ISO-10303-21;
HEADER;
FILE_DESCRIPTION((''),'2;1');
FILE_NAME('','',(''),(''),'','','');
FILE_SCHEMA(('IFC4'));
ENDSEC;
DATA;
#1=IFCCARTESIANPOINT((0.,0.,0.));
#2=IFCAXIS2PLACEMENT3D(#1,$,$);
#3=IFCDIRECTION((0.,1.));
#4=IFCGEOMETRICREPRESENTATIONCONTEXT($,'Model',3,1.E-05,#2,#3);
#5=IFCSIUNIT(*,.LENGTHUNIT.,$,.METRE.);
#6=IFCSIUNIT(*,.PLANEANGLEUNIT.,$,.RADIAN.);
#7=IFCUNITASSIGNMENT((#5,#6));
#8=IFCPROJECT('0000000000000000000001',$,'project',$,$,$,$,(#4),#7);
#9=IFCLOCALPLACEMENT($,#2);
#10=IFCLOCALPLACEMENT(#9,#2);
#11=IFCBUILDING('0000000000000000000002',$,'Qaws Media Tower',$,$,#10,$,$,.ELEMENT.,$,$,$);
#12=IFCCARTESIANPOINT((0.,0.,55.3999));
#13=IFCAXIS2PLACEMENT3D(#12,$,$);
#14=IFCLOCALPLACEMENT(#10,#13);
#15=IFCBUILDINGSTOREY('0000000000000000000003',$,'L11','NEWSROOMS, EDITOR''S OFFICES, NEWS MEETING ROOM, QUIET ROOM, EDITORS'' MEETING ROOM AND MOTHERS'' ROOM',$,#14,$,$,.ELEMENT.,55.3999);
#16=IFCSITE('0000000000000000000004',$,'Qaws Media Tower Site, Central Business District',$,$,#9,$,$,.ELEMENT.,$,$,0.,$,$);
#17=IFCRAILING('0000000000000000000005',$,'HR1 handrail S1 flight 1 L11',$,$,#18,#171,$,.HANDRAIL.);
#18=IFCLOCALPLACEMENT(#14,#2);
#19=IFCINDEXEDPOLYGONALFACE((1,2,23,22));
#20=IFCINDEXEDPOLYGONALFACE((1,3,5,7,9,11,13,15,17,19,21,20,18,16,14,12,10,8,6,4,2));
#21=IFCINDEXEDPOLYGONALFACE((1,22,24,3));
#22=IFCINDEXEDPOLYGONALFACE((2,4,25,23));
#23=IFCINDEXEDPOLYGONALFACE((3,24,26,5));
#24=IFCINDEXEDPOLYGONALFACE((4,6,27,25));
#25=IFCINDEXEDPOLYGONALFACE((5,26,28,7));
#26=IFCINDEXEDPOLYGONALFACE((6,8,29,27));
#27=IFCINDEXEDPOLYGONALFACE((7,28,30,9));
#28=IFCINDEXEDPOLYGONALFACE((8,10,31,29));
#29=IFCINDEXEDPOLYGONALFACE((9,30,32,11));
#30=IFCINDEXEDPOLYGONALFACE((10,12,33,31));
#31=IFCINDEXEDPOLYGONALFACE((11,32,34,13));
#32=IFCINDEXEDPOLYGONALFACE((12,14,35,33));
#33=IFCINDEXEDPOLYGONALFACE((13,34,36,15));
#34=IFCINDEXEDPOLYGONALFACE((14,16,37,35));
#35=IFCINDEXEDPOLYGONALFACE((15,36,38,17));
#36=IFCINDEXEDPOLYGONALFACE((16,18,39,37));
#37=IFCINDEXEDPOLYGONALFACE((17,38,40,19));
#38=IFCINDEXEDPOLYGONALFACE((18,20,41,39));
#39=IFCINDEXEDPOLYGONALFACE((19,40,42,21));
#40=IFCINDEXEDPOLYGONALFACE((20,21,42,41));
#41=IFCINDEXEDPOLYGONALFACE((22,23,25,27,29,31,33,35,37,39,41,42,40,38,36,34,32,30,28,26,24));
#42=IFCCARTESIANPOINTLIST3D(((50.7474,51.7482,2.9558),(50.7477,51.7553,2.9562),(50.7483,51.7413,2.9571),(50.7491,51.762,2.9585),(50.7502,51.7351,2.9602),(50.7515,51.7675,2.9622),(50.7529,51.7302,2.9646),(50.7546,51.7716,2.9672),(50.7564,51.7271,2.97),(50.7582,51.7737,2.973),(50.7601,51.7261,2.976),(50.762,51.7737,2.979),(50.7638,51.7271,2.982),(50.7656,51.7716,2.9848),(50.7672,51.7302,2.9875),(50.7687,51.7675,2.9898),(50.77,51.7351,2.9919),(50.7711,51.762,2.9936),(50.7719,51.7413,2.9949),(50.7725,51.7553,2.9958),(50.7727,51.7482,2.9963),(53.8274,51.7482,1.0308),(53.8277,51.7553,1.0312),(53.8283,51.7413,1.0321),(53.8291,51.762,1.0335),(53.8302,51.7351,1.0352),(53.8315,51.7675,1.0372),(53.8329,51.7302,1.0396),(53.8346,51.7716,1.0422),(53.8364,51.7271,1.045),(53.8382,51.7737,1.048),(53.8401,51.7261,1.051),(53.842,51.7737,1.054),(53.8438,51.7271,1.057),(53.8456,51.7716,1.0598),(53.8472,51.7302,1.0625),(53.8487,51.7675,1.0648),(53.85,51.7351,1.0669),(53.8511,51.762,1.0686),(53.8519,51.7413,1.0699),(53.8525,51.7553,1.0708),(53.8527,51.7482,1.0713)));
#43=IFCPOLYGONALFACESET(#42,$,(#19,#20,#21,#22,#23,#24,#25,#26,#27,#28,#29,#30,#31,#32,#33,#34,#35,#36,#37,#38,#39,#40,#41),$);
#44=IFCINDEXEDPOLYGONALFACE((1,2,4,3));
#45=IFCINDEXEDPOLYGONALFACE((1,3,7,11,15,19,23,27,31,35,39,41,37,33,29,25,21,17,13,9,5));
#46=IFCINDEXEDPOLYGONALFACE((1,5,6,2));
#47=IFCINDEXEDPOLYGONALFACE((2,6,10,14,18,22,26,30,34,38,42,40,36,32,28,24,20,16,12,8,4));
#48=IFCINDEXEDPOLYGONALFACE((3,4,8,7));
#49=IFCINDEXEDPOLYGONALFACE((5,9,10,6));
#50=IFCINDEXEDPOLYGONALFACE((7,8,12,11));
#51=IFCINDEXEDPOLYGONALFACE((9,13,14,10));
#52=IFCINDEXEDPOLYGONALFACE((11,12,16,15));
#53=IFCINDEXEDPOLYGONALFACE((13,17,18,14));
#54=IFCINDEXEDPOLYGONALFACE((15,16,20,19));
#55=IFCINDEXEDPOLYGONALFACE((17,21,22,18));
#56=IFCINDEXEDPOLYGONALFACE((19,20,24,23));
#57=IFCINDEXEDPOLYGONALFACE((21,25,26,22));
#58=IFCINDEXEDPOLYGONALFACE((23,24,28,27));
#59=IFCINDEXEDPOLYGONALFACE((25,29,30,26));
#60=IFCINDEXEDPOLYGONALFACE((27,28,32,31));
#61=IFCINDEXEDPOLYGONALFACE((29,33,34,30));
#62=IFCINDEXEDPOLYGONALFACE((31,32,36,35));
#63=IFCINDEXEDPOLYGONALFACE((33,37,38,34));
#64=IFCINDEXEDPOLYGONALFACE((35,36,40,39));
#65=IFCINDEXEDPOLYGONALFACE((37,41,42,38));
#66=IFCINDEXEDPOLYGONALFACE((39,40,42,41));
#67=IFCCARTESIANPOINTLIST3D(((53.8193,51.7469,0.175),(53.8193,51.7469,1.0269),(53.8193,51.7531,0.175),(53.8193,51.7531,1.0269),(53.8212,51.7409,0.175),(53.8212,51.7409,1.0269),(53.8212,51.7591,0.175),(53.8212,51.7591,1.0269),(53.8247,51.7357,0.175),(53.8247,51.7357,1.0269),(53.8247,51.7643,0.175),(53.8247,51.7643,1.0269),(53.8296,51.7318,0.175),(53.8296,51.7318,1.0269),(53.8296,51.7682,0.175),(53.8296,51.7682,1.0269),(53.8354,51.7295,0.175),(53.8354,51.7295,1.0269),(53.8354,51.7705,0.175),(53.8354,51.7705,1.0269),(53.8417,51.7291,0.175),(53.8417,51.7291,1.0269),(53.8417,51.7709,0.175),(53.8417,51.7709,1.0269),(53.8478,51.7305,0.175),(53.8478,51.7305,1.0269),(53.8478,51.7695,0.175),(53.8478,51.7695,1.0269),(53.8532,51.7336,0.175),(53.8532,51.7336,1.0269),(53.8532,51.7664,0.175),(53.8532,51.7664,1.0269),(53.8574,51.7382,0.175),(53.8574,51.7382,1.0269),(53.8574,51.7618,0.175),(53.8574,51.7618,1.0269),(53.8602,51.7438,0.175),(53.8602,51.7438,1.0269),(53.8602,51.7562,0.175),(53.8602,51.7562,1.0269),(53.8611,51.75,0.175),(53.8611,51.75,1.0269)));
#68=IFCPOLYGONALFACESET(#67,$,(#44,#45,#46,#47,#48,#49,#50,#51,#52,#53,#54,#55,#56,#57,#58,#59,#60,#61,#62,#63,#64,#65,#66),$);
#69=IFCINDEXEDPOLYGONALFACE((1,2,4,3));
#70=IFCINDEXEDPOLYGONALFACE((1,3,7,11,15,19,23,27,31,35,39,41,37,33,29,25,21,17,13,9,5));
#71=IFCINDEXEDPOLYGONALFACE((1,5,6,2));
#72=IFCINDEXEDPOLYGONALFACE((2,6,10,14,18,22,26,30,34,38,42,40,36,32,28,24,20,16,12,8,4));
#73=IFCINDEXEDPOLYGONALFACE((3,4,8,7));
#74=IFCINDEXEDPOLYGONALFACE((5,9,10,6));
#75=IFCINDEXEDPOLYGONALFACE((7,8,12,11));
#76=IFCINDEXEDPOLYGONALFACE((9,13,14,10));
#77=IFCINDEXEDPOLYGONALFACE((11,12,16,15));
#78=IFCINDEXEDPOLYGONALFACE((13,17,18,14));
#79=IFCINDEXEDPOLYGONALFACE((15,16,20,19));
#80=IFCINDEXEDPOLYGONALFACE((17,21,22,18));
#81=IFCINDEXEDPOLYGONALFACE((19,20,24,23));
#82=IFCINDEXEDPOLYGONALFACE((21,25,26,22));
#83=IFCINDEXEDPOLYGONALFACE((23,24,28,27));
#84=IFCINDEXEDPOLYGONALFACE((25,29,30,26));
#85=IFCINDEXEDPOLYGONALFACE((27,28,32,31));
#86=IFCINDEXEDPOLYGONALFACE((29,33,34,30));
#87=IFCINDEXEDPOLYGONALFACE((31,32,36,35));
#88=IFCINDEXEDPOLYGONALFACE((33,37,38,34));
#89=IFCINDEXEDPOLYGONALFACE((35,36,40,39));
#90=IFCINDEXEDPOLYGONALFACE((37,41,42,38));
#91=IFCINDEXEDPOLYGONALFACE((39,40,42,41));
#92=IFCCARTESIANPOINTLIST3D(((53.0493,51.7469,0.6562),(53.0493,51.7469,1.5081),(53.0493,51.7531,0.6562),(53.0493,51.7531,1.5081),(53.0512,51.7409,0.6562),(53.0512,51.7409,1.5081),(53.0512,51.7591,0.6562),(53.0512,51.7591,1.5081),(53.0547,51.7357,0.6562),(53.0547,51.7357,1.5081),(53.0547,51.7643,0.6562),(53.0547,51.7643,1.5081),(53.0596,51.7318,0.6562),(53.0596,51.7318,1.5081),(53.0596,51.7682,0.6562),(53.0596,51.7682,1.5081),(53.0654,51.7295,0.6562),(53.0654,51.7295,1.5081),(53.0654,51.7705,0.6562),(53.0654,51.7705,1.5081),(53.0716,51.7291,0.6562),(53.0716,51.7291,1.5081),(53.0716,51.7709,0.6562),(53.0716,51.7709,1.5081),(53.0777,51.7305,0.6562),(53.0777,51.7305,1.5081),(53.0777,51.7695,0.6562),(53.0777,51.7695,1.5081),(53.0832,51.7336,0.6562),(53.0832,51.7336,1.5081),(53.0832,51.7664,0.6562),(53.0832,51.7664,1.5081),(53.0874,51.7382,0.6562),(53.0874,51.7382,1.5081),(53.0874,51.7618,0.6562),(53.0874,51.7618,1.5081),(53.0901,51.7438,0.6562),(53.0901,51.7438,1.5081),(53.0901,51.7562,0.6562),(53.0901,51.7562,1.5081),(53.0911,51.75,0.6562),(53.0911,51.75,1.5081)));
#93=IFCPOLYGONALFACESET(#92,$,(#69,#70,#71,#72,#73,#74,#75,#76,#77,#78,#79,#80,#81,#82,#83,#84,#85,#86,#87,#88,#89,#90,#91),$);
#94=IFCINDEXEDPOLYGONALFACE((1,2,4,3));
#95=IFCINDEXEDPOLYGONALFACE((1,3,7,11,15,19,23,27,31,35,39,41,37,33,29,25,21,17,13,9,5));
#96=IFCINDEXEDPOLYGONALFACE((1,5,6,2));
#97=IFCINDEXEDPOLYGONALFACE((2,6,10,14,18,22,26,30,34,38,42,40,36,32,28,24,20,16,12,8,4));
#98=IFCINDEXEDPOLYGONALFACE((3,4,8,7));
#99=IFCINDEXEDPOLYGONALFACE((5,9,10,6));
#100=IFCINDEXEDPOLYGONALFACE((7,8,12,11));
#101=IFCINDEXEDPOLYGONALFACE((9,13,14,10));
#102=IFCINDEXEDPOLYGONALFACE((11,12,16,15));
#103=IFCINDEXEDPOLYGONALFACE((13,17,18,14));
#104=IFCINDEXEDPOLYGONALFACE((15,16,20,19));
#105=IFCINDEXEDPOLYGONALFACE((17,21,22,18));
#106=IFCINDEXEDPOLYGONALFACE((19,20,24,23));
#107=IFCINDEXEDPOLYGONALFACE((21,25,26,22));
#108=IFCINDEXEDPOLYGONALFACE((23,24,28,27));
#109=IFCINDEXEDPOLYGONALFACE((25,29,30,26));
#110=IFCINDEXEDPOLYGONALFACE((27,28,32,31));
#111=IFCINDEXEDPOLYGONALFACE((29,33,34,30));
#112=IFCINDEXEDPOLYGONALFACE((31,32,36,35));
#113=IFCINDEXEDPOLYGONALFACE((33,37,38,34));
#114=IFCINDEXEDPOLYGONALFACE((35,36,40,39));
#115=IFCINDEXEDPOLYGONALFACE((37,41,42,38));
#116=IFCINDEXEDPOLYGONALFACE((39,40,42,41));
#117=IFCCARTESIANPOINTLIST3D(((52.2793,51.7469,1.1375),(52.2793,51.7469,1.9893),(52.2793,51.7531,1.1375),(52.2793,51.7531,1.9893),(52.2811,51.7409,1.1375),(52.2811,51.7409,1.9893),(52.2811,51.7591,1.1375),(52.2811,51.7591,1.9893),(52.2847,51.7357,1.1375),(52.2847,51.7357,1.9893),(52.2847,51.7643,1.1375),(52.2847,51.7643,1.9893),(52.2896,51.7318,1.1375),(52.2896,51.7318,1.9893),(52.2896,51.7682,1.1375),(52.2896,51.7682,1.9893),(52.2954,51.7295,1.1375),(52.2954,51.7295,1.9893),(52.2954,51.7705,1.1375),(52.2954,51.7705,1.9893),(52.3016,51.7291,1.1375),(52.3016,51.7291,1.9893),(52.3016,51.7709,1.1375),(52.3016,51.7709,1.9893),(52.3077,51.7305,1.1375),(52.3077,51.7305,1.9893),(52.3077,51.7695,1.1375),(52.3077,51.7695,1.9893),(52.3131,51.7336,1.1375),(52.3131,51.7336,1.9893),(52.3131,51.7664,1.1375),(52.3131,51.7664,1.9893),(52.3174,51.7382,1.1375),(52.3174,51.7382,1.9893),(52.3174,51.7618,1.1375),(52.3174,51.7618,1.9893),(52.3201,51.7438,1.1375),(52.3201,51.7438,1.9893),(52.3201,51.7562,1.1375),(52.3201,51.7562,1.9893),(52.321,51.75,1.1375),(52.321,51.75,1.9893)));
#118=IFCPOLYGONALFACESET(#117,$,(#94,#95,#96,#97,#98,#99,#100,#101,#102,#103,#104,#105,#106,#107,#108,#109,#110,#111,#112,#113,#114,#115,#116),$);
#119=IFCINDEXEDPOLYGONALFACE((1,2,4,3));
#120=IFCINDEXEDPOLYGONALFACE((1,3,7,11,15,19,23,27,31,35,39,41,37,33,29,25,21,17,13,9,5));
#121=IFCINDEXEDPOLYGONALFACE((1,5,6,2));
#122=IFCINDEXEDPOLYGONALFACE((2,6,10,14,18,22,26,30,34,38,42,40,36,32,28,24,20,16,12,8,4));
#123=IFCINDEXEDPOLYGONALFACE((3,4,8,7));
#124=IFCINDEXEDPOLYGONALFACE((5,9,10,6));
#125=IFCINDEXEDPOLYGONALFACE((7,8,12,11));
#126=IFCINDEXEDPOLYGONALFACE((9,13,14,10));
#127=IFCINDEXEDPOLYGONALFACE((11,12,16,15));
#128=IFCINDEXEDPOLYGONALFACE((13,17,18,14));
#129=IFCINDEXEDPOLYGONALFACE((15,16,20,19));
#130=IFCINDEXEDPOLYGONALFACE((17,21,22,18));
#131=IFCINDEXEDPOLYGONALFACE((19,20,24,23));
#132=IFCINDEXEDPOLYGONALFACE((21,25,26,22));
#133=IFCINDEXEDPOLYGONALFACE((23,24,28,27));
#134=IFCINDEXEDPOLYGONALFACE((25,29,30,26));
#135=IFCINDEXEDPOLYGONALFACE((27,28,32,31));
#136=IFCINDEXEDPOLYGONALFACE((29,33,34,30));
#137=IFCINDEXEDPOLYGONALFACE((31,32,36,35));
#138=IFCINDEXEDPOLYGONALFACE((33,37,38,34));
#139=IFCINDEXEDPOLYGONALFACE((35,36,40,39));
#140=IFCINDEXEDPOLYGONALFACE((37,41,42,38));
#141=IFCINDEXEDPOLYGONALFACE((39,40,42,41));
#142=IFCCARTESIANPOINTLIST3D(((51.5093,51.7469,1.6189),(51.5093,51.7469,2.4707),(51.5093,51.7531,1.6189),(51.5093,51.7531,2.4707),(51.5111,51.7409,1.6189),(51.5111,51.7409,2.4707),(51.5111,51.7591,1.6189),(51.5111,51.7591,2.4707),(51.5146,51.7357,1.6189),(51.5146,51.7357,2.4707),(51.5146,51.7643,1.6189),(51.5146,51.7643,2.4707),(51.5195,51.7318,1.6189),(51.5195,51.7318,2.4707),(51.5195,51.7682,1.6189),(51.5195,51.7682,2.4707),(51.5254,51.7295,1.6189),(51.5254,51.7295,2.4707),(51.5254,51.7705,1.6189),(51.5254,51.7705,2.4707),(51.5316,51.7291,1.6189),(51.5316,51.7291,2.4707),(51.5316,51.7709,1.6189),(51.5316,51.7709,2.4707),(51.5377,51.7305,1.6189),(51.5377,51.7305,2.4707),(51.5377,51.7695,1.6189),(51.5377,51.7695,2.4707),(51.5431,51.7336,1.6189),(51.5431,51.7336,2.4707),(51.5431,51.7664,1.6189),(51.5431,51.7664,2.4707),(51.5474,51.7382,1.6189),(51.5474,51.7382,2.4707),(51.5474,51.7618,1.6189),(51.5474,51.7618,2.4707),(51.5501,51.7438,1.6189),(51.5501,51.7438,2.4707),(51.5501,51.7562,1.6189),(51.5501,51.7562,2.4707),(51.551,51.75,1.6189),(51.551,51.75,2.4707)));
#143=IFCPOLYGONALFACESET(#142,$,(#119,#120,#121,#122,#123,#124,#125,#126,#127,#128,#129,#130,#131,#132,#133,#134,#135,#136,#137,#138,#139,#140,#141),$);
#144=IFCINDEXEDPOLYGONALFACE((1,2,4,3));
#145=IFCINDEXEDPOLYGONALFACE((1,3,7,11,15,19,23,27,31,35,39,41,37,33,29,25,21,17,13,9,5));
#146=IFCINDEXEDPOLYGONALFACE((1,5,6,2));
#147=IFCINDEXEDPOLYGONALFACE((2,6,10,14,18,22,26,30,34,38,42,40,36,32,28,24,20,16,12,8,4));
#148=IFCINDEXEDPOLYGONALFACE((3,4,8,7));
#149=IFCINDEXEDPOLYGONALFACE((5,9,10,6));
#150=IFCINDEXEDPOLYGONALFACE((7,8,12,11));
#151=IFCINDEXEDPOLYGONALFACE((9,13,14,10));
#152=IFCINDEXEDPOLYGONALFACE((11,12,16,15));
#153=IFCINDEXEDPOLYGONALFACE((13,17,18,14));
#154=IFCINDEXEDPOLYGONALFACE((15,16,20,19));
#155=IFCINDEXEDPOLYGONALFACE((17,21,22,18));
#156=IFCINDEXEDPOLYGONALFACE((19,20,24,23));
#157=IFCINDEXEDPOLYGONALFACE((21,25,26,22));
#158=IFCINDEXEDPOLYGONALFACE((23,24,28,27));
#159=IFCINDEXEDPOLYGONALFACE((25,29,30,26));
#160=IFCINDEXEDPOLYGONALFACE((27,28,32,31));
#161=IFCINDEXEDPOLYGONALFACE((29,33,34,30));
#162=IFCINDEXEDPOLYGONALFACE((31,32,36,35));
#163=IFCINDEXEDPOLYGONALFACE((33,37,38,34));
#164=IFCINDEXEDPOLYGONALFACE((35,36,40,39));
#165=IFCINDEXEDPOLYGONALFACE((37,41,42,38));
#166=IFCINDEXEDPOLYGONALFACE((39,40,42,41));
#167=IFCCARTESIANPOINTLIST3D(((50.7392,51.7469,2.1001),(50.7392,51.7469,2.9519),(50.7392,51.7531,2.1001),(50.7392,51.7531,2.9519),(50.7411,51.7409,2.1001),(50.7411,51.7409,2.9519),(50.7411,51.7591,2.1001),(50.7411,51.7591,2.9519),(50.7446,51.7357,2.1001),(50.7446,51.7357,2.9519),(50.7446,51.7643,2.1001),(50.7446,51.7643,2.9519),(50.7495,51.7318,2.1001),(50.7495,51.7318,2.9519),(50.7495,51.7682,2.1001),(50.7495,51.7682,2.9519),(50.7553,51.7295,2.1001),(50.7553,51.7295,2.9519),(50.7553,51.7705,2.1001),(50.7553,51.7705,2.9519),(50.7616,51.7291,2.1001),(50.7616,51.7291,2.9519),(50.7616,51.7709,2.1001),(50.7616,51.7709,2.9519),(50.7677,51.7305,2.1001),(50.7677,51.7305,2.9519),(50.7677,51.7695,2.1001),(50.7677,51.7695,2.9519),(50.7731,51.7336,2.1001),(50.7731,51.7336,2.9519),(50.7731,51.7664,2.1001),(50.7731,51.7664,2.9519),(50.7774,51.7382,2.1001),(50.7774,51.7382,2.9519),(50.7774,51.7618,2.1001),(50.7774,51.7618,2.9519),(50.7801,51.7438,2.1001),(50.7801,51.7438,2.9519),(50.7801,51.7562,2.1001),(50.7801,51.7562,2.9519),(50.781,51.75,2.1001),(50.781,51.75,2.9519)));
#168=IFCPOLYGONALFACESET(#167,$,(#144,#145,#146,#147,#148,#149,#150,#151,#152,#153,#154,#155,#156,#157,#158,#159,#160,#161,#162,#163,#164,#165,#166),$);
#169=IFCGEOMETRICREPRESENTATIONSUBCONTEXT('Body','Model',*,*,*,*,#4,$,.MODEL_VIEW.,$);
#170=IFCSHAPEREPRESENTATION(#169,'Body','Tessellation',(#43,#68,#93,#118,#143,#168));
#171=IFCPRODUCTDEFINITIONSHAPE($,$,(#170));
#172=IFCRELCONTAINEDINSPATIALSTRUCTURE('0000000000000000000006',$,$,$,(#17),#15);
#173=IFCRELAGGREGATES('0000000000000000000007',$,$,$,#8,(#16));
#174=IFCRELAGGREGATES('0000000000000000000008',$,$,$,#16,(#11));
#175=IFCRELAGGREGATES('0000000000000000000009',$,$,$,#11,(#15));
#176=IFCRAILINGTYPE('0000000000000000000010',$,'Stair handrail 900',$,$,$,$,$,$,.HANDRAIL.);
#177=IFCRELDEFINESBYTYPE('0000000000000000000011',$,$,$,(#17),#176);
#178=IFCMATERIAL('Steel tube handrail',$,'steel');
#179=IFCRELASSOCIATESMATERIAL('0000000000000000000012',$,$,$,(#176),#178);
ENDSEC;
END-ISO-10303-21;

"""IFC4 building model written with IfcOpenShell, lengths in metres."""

from ifc_helpers import new_model, si_unit, direction, frame, origin, origin_2d, place, context, subcontext, project, spatial, circle, extrude, material, type_object, element, save


model = new_model("IFC4")

# Units and contexts
model_context = context("Model", 3, precision=1e-05, world=origin(), true_north=direction((0.0, 1.0)))
body_context = subcontext(model_context, "Body", "Model", "MODEL_VIEW")
ifc_project = project(units=[si_unit("LENGTHUNIT", "METRE"), si_unit("PLANEANGLEUNIT", "RADIAN")], contexts=[model_context])

# Site, building, storey
site_placement = place(None, origin())
site = spatial("IfcSite", under=ifc_project, at=site_placement, Name="Qaws Media Tower Site, Central Business District", CompositionType="ELEMENT", RefElevation=0.0)
building_placement = place(site_placement, origin())
building = spatial("IfcBuilding", under=site, at=building_placement, Name="Qaws Media Tower", CompositionType="ELEMENT")
storey_placement = place(building_placement, frame((0.0, 0.0, 55.3999)))
storey = spatial("IfcBuildingStorey", under=building, at=storey_placement, Name="L11", Description="NEWSROOMS, EDITOR'S OFFICES, NEWS MEETING ROOM, QUIET ROOM, EDITORS' MEETING ROOM AND MOTHERS' ROOM", CompositionType="ELEMENT", Elevation=55.3999)

# Railing
ifc_material_1 = material(Name="Steel tube handrail", Category="steel")
railing_type = type_object("IfcRailingType", Name="Stair handrail 900", PredefinedType="HANDRAIL", material=ifc_material_1)
for number, where, name in (
    (1, (53.8401, 51.75, 0.175), "HR1 handrail S1 flight 1 L11"),
):
    element("IfcRailing", number, at=place(storey_placement, frame(where)), inside=storey, type_object=railing_type, Name=name, PredefinedType="HANDRAIL", context=body_context, shape_type="SweptSolid", body=[
        extrude(circle(Radius=0.0239, at=origin_2d()), frame((0.0, 0.0, 0.876), z_axis=(-0.847998, 0.0, 0.529999), x_axis=(0.0, -1.0, 0.0)), (0.0, 0.0, 1.0), 3.6321),
        extrude(circle(Radius=0.021, at=origin_2d()), origin(), (0.0, 0.0, 1.0), 0.8518),
        extrude(circle(Radius=0.021, at=origin_2d()), frame((-0.77, 0.0, 0.4812)), (0.0, 0.0, 1.0), 0.8518),
        extrude(circle(Radius=0.021, at=origin_2d()), frame((-1.54, 0.0, 0.9624)), (0.0, 0.0, 1.0), 0.8518),
        extrude(circle(Radius=0.021, at=origin_2d()), frame((-2.3101, 0.0, 1.4438)), (0.0, 0.0, 1.0), 0.8518),
        extrude(circle(Radius=0.021, at=origin_2d()), frame((-3.0801, 0.0, 1.925)), (0.0, 0.0, 1.0), 0.8518),
    ])

save(model, "model.ifc")
